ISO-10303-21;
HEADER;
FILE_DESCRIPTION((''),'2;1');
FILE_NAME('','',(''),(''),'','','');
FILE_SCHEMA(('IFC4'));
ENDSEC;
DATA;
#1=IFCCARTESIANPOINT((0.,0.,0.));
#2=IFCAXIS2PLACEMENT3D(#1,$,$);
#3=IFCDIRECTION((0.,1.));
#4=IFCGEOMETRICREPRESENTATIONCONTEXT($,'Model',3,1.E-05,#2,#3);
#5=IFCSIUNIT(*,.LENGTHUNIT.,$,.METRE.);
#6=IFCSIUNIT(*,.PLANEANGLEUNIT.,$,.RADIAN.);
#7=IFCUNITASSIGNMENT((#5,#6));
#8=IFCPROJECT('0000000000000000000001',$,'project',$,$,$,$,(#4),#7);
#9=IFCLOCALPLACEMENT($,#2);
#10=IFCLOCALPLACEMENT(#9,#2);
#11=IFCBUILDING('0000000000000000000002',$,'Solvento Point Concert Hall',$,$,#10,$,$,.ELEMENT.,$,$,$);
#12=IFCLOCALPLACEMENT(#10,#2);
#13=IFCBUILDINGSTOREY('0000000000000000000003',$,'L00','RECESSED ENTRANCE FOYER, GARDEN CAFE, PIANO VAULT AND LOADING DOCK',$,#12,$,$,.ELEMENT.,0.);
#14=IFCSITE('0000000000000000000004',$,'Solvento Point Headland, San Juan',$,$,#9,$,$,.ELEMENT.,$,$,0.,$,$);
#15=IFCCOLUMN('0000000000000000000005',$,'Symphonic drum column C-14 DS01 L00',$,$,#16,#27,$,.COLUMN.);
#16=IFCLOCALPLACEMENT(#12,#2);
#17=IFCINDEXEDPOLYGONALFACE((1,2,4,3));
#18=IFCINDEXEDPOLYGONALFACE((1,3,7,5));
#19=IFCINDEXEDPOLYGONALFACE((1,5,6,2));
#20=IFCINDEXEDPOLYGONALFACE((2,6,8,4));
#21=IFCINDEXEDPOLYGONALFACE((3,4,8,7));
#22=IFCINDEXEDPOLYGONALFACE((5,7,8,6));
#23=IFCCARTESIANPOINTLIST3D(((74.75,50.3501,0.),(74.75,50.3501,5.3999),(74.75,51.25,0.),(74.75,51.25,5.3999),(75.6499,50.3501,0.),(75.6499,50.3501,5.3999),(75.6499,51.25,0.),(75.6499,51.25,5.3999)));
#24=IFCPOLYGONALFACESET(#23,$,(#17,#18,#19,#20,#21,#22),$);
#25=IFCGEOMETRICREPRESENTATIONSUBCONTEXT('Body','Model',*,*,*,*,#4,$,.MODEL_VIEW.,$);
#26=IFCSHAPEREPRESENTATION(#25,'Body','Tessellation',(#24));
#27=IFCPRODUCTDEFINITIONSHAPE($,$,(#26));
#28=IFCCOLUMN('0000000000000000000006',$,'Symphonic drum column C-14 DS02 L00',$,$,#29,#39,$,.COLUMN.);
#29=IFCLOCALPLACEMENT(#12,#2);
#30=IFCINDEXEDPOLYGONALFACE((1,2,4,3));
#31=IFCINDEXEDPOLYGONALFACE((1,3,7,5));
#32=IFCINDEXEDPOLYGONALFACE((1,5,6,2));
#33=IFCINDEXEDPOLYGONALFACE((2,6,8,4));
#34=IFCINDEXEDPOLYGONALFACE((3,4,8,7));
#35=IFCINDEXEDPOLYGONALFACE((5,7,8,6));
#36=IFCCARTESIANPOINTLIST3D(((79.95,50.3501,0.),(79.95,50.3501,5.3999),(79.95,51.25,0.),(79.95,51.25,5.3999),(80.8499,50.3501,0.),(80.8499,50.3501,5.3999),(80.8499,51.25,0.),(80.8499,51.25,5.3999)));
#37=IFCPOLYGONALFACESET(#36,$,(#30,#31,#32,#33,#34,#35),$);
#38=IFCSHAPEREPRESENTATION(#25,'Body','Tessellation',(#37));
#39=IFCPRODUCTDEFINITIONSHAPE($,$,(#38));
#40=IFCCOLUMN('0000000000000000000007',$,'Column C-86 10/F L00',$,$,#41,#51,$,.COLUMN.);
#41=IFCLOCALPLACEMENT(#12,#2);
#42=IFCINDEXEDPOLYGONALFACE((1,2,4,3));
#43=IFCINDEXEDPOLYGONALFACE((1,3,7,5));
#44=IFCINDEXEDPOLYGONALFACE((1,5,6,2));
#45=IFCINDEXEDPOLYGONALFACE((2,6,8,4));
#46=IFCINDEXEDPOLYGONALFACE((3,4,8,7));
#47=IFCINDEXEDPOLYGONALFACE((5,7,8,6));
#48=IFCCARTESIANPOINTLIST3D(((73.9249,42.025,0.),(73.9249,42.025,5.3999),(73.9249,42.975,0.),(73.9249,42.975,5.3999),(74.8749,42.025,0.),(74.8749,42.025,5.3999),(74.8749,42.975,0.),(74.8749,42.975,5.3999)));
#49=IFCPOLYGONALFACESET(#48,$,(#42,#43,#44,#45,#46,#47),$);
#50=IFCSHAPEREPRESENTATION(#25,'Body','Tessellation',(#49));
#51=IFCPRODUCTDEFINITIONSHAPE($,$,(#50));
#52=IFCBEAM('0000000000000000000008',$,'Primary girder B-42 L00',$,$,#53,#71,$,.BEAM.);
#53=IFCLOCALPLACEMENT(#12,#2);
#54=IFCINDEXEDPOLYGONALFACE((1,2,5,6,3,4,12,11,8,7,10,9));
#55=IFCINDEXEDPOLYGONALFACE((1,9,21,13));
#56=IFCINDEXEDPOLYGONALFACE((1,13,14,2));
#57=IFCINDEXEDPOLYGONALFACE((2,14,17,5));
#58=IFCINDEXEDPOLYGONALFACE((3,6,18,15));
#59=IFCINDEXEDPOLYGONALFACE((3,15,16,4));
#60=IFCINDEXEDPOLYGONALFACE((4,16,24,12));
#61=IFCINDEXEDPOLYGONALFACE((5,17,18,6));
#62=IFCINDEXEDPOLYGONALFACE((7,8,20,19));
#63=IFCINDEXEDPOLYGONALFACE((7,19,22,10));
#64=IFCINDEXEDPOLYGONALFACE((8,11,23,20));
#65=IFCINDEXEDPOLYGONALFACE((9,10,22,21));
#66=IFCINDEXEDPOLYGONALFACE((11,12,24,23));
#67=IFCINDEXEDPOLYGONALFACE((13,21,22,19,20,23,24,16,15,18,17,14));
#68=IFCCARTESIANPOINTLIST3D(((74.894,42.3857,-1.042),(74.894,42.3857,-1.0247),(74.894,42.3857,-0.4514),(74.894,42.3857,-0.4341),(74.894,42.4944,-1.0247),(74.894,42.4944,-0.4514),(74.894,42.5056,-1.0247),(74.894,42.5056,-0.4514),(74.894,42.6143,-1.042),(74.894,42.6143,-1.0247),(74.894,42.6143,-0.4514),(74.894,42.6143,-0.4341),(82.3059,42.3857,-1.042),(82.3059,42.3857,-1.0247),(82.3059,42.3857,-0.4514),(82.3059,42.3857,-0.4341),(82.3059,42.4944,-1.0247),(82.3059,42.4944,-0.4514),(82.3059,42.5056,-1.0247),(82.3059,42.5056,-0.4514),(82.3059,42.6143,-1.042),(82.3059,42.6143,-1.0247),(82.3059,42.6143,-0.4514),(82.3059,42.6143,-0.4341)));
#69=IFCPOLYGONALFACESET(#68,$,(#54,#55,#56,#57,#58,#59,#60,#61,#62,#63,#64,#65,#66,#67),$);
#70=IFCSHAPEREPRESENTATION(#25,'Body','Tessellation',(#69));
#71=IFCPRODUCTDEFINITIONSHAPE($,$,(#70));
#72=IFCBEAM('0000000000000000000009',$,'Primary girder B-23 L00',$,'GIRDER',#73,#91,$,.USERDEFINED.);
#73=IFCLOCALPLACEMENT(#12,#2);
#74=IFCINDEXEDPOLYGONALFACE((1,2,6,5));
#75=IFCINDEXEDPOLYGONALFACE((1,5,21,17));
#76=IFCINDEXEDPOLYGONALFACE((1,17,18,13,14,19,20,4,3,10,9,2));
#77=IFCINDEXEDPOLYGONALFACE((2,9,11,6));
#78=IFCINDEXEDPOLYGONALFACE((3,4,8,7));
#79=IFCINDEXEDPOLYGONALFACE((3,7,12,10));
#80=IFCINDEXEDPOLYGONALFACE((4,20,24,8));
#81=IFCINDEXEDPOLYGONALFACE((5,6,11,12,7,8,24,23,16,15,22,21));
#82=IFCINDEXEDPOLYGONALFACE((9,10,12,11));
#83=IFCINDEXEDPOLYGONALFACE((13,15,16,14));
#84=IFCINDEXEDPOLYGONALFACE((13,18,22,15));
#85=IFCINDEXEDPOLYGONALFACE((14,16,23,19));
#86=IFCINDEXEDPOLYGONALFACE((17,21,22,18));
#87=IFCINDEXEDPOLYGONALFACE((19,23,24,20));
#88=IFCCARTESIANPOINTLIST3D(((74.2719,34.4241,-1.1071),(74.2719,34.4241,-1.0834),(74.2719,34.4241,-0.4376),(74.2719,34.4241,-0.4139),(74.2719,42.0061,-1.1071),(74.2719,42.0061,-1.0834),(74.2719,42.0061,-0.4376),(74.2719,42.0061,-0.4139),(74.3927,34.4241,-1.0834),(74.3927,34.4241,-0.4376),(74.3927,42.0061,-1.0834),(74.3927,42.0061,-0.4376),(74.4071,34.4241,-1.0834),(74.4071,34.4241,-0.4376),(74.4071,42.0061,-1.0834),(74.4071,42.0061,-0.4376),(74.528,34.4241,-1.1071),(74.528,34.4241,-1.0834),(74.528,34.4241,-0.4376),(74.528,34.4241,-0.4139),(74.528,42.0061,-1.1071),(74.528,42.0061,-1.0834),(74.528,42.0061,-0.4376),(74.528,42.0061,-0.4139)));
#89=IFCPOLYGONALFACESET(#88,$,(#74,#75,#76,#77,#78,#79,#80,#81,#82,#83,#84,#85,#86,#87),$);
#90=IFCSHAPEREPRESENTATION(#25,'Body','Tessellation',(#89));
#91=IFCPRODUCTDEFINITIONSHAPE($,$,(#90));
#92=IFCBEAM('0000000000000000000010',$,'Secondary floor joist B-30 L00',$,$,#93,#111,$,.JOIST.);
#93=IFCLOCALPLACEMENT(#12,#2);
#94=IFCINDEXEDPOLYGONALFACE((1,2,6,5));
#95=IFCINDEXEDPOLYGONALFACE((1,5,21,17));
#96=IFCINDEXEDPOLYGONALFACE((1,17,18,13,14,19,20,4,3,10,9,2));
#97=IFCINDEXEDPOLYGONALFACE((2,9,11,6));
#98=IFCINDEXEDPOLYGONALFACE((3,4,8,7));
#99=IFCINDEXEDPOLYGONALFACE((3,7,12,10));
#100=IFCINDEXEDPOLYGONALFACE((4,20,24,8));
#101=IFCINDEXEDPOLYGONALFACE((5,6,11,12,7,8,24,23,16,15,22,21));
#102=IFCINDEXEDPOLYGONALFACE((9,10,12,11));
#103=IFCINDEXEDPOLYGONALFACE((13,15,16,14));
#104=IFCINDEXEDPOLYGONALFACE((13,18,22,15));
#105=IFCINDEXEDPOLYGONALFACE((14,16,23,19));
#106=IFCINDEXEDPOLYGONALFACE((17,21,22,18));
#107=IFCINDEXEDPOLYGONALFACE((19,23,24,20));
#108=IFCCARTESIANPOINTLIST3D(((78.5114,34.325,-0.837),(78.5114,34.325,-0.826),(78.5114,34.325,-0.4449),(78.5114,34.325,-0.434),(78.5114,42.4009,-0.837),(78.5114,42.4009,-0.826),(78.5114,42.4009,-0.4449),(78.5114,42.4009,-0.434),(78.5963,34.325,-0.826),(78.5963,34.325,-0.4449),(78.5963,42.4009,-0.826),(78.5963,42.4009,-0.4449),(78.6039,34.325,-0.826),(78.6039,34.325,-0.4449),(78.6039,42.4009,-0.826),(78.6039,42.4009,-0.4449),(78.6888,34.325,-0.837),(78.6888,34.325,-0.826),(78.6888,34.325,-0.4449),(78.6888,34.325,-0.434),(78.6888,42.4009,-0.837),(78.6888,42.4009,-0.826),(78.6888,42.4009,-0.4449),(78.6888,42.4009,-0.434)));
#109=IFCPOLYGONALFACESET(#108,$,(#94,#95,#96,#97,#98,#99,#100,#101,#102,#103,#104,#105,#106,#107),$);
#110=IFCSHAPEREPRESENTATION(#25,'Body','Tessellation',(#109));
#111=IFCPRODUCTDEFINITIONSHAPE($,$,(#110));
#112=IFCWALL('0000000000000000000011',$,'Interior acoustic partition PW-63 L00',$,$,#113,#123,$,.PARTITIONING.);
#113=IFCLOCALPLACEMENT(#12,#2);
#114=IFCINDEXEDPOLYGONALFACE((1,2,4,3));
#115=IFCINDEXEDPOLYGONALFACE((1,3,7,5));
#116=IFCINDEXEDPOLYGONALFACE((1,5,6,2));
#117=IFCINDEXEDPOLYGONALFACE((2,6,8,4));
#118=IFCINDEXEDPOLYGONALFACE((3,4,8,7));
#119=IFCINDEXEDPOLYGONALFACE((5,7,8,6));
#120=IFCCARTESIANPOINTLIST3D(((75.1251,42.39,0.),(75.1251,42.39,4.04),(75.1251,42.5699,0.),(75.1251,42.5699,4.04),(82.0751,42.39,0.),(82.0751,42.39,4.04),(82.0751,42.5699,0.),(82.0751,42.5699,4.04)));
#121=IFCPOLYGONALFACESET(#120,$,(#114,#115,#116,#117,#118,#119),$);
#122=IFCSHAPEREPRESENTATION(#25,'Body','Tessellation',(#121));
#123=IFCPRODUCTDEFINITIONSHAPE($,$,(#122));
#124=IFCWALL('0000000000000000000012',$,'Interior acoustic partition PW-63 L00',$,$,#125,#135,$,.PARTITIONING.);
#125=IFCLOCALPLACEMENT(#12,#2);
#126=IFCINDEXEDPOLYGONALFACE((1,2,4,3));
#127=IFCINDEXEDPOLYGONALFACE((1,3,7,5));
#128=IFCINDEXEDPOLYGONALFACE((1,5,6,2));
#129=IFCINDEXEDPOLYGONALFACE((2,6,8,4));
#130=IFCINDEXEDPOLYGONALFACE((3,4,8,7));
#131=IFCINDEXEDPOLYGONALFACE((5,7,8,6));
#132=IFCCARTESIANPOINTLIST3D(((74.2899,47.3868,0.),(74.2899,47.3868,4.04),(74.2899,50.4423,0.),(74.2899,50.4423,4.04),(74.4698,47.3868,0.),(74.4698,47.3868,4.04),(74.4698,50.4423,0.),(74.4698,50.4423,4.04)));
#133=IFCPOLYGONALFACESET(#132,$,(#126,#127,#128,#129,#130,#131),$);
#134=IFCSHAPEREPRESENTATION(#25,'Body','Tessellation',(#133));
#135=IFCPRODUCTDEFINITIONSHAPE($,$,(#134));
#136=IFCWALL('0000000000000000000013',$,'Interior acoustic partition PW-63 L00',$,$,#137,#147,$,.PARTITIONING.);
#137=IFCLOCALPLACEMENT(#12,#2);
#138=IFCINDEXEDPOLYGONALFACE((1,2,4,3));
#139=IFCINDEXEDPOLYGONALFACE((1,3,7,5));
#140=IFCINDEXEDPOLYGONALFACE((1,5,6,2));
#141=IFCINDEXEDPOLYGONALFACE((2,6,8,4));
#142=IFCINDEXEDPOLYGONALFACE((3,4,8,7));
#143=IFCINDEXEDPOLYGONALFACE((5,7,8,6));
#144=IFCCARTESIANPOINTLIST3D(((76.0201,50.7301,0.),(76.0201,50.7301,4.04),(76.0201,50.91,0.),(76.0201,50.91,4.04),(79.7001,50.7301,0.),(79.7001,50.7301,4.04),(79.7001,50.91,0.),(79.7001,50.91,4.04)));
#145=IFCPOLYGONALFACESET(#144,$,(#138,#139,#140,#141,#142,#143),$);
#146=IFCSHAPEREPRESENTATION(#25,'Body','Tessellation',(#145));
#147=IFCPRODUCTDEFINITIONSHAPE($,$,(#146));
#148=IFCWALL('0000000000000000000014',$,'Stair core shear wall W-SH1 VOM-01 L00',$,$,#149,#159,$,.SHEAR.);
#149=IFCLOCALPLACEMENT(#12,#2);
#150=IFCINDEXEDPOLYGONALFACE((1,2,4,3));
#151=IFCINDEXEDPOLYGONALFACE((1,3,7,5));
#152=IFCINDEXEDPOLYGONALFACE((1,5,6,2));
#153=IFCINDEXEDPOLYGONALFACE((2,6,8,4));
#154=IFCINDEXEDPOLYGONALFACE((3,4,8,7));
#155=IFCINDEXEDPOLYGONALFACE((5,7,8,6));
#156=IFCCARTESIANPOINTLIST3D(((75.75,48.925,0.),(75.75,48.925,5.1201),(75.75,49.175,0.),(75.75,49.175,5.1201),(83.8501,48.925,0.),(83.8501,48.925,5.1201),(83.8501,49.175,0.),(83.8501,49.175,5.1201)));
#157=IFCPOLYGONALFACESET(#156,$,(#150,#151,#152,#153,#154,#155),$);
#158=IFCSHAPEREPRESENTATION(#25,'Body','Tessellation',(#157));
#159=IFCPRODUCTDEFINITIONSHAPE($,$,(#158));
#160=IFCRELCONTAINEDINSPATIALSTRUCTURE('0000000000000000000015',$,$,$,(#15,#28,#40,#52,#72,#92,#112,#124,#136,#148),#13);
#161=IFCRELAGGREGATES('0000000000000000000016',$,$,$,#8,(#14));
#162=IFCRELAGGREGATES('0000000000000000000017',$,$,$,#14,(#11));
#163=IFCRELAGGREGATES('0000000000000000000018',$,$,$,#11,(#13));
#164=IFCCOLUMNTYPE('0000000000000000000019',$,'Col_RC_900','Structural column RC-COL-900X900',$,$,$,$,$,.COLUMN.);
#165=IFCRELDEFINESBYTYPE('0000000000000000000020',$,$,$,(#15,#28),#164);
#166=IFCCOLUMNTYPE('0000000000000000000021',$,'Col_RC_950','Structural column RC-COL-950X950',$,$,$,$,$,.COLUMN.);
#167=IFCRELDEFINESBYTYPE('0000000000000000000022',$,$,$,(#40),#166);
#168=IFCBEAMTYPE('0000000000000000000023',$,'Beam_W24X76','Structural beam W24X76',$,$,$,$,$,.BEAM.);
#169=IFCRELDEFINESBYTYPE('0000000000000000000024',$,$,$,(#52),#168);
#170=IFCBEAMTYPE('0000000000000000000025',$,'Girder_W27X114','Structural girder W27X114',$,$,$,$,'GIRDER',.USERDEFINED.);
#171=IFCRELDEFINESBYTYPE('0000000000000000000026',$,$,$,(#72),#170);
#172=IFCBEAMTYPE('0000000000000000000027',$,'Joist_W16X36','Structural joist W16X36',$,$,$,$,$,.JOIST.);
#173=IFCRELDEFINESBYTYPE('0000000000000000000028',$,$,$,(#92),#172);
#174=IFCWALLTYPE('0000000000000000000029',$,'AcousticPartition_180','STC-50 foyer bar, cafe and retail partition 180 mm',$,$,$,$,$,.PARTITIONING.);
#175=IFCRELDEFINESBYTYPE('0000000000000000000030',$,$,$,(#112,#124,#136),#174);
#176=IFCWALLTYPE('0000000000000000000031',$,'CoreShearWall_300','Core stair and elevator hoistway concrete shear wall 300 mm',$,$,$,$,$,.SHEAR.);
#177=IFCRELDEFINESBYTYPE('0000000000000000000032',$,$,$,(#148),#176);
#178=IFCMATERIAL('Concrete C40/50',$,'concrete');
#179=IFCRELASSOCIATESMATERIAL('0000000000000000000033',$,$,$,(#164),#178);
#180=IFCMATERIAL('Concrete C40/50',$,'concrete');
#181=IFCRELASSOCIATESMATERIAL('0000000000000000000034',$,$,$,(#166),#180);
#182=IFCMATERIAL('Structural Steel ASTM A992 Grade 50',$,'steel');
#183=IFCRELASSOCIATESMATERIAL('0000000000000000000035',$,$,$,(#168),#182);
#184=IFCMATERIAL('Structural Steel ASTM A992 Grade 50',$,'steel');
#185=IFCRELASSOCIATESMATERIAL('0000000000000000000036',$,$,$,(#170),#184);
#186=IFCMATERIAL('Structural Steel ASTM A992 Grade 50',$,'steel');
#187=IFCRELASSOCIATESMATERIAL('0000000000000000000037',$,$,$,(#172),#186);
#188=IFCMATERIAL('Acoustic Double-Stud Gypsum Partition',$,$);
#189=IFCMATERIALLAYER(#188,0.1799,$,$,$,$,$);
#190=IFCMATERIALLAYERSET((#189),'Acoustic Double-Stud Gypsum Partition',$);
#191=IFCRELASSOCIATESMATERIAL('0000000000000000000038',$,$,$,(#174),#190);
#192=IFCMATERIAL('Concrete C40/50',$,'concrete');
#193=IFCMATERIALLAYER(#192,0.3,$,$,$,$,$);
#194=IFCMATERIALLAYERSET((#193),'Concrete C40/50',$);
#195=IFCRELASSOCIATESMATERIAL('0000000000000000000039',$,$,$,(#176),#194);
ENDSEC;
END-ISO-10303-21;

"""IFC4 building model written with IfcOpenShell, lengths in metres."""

from ifc_helpers import new_model, si_unit, direction, frame, frame_2d, origin, origin_2d, place, context, subcontext, project, spatial, rectangle, i_section, extrude, material, layer, layer_set, material_profile, profile_set, type_object, element, save


model = new_model("IFC4")

# Units and contexts
model_context = context("Model", 3, precision=1e-05, world=origin(), true_north=direction((0.0, 1.0)))
body_context = subcontext(model_context, "Body", "Model", "MODEL_VIEW")
ifc_project = project(units=[si_unit("LENGTHUNIT", "METRE"), si_unit("PLANEANGLEUNIT", "RADIAN")], contexts=[model_context])

# Site, building, storey
site_placement = place(None, origin())
site = spatial("IfcSite", under=ifc_project, at=site_placement, Name="Solvento Point Headland, San Juan", CompositionType="ELEMENT", RefElevation=0.0)
building_placement = place(site_placement, origin())
building = spatial("IfcBuilding", under=site, at=building_placement, Name="Solvento Point Concert Hall", CompositionType="ELEMENT")
storey_placement = place(building_placement, origin())
storey = spatial("IfcBuildingStorey", under=building, at=storey_placement, Name="L00", Description="RECESSED ENTRANCE FOYER, GARDEN CAFE, PIANO VAULT AND LOADING DOCK", CompositionType="ELEMENT", Elevation=0.0)

# Columns
ifc_material_1 = material(Name="Concrete C40/50", Category="concrete")
ifc_material_profile_1 = material_profile(ifc_material_1, rectangle(XDim=0.8999, YDim=0.8999, at=origin_2d()), Name="RC-COL-900X900")
ifc_profile_set_1 = profile_set([ifc_material_profile_1], Name="Concrete C40/50")
column_type_1 = type_object("IfcColumnType", Name="Col_RC_900", Description="Structural column RC-COL-900X900", PredefinedType="COLUMN", material=ifc_profile_set_1)
for number, where, z_axis, x_axis, name in (
    (1, (75.2, 50.8, 0.0), (0.0, 0.0, 1.0), (1.0, 0.0, 0.0), "Symphonic drum column C-14 DS01 L00"),
    (2, (80.3999, 50.8, 0.0), (0.0, 0.0, 1.0), (1.0, 0.0, 0.0), "Symphonic drum column C-14 DS02 L00"),
):
    element("IfcColumn", number, at=place(storey_placement, frame(where, z_axis=z_axis, x_axis=x_axis)), inside=storey, type_object=column_type_1, Name=name, PredefinedType="COLUMN", context=body_context, shape_type="SweptSolid", body=[
        extrude(rectangle(XDim=0.8999, YDim=0.8999, at=origin_2d()), origin(), (0.0, 0.0, 1.0), 5.3999),
    ])
ifc_material_2 = material(Name="Concrete C40/50", Category="concrete")
ifc_material_profile_2 = material_profile(ifc_material_2, rectangle(XDim=0.95, YDim=0.95, at=origin_2d()), Name="RC-COL-950X950")
ifc_profile_set_2 = profile_set([ifc_material_profile_2], Name="Concrete C40/50")
column_type_2 = type_object("IfcColumnType", Name="Col_RC_950", Description="Structural column RC-COL-950X950", PredefinedType="COLUMN", material=ifc_profile_set_2)
column_placement = place(storey_placement, frame((74.3999, 42.5, 0.0), z_axis=(0.0, 0.0, 1.0), x_axis=(1.0, 0.0, 0.0)))
element("IfcColumn", 3, at=column_placement, inside=storey, type_object=column_type_2, Name="Column C-86 10/F L00", PredefinedType="COLUMN", context=body_context, shape_type="SweptSolid", body=[
    extrude(rectangle(XDim=0.95, YDim=0.95, at=origin_2d()), origin(), (0.0, 0.0, 1.0), 5.3999),
])

# Beams
ifc_material_3 = material(Name="Structural Steel ASTM A992 Grade 50", Category="steel")
ifc_material_profile_3 = material_profile(ifc_material_3, i_section(OverallWidth=0.2285, OverallDepth=0.6079, WebThickness=0.0112, FlangeThickness=0.0173, at=origin_2d()), Name="W24X76")
ifc_profile_set_3 = profile_set([ifc_material_profile_3], Name="Structural Steel ASTM A992 Grade 50")
beam_type_1 = type_object("IfcBeamType", Name="Beam_W24X76", Description="Structural beam W24X76", PredefinedType="BEAM", material=ifc_profile_set_3)
beam_1_placement = place(storey_placement, frame((74.894, 42.5, -0.738), z_axis=(1.0, 0.0, 0.0), x_axis=(0.0, 1.0, 0.0)))
element("IfcBeam", 4, at=beam_1_placement, inside=storey, type_object=beam_type_1, Name="Primary girder B-42 L00", PredefinedType="BEAM", context=body_context, shape_type="SweptSolid", body=[
    extrude(i_section(OverallWidth=0.2285, OverallDepth=0.6079, WebThickness=0.0112, FlangeThickness=0.0173, at=origin_2d()), origin(), (0.0, 0.0, 1.0), 7.4119),
])
ifc_material_4 = material(Name="Structural Steel ASTM A992 Grade 50", Category="steel")
ifc_material_profile_4 = material_profile(ifc_material_4, i_section(OverallWidth=0.2561, OverallDepth=0.6931, WebThickness=0.0144, FlangeThickness=0.0237, at=origin_2d()), Name="W27X114")
ifc_profile_set_4 = profile_set([ifc_material_profile_4], Name="Structural Steel ASTM A992 Grade 50")
beam_type_2 = type_object("IfcBeamType", Name="Girder_W27X114", Description="Structural girder W27X114", ElementType="GIRDER", PredefinedType="USERDEFINED", material=ifc_profile_set_4)
beam_2_placement = place(storey_placement, frame((74.3999, 34.4241, -0.7605), z_axis=(0.0, 1.0, 0.0), x_axis=(-1.0, 0.0, 0.0)))
element("IfcBeam", 5, at=beam_2_placement, inside=storey, type_object=beam_type_2, Name="Primary girder B-23 L00", ObjectType="GIRDER", PredefinedType="USERDEFINED", context=body_context, shape_type="SweptSolid", body=[
    extrude(i_section(OverallWidth=0.2561, OverallDepth=0.6931, WebThickness=0.0144, FlangeThickness=0.0237, at=origin_2d()), origin(), (0.0, 0.0, 1.0), 7.582),
])
ifc_material_5 = material(Name="Structural Steel ASTM A992 Grade 50", Category="steel")
ifc_material_profile_5 = material_profile(ifc_material_5, i_section(OverallWidth=0.1775, OverallDepth=0.4031, WebThickness=0.0076, FlangeThickness=0.011, at=origin_2d()), Name="W16X36")
ifc_profile_set_5 = profile_set([ifc_material_profile_5], Name="Structural Steel ASTM A992 Grade 50")
beam_type_3 = type_object("IfcBeamType", Name="Joist_W16X36", Description="Structural joist W16X36", PredefinedType="JOIST", material=ifc_profile_set_5)
beam_3_placement = place(storey_placement, frame((78.6001, 34.325, -0.6355), z_axis=(0.0, 1.0, 0.0), x_axis=(-1.0, 0.0, 0.0)))
element("IfcBeam", 6, at=beam_3_placement, inside=storey, type_object=beam_type_3, Name="Secondary floor joist B-30 L00", PredefinedType="JOIST", context=body_context, shape_type="SweptSolid", body=[
    extrude(i_section(OverallWidth=0.1775, OverallDepth=0.4031, WebThickness=0.0076, FlangeThickness=0.011, at=origin_2d()), origin(), (0.0, 0.0, 1.0), 8.0759),
])

# Walls
ifc_material_6 = material(Name="Acoustic Double-Stud Gypsum Partition")
ifc_layer_1 = layer(ifc_material_6, 0.1799)
ifc_layer_set_1 = layer_set([ifc_layer_1], Name="Acoustic Double-Stud Gypsum Partition")
wall_type_1 = type_object("IfcWallType", Name="AcousticPartition_180", Description="STC-50 foyer bar, cafe and retail partition 180 mm", PredefinedType="PARTITIONING", material=ifc_layer_set_1)
wall_1_placement = place(storey_placement, frame((75.125, 42.48, 0.0), z_axis=(0.0, 0.0, 1.0), x_axis=(1.0, 0.0, 0.0)))
element("IfcWall", 7, at=wall_1_placement, inside=storey, type_object=wall_type_1, Name="Interior acoustic partition PW-63 L00", PredefinedType="PARTITIONING", context=body_context, shape_type="SweptSolid", body=[
    extrude(rectangle(XDim=6.95, YDim=0.1799, at=frame_2d((3.4751, 0.0))), origin(), (0.0, 0.0, 1.0), 4.04),
])
wall_2_placement = place(storey_placement, frame((74.3799, 50.4424, 0.0), z_axis=(0.0, 0.0, 1.0), x_axis=(0.0, -1.0, 0.0)))
element("IfcWall", 8, at=wall_2_placement, inside=storey, type_object=wall_type_1, Name="Interior acoustic partition PW-63 L00", PredefinedType="PARTITIONING", context=body_context, shape_type="SweptSolid", body=[
    extrude(rectangle(XDim=3.0554, YDim=0.1799, at=frame_2d((1.5278, 0.0))), origin(), (0.0, 0.0, 1.0), 4.04),
])
wall_3_placement = place(storey_placement, frame((79.7, 50.8201, 0.0), z_axis=(0.0, 0.0, 1.0), x_axis=(-1.0, 0.0, 0.0)))
element("IfcWall", 9, at=wall_3_placement, inside=storey, type_object=wall_type_1, Name="Interior acoustic partition PW-63 L00", PredefinedType="PARTITIONING", context=body_context, shape_type="SweptSolid", body=[
    extrude(rectangle(XDim=3.6799, YDim=0.1799, at=frame_2d((1.8398, 0.0))), origin(), (0.0, 0.0, 1.0), 4.04),
])
ifc_material_7 = material(Name="Concrete C40/50", Category="concrete")
ifc_layer_2 = layer(ifc_material_7, 0.3)
ifc_layer_set_2 = layer_set([ifc_layer_2], Name="Concrete C40/50")
wall_type_2 = type_object("IfcWallType", Name="CoreShearWall_300", Description="Core stair and elevator hoistway concrete shear wall 300 mm", PredefinedType="SHEAR", material=ifc_layer_set_2)
wall_4_placement = place(storey_placement, frame((75.75, 49.05, 0.0), z_axis=(0.0, 0.0, 1.0), x_axis=(1.0, 0.0, 0.0)))
element("IfcWall", 10, at=wall_4_placement, inside=storey, type_object=wall_type_2, Name="Stair core shear wall W-SH1 VOM-01 L00", PredefinedType="SHEAR", context=body_context, shape_type="SweptSolid", body=[
    extrude(rectangle(XDim=8.1001, YDim=0.25, at=frame_2d((4.05, 0.0))), origin(), (0.0, 0.0, 1.0), 5.1201),
])

save(model, "model.ifc")
